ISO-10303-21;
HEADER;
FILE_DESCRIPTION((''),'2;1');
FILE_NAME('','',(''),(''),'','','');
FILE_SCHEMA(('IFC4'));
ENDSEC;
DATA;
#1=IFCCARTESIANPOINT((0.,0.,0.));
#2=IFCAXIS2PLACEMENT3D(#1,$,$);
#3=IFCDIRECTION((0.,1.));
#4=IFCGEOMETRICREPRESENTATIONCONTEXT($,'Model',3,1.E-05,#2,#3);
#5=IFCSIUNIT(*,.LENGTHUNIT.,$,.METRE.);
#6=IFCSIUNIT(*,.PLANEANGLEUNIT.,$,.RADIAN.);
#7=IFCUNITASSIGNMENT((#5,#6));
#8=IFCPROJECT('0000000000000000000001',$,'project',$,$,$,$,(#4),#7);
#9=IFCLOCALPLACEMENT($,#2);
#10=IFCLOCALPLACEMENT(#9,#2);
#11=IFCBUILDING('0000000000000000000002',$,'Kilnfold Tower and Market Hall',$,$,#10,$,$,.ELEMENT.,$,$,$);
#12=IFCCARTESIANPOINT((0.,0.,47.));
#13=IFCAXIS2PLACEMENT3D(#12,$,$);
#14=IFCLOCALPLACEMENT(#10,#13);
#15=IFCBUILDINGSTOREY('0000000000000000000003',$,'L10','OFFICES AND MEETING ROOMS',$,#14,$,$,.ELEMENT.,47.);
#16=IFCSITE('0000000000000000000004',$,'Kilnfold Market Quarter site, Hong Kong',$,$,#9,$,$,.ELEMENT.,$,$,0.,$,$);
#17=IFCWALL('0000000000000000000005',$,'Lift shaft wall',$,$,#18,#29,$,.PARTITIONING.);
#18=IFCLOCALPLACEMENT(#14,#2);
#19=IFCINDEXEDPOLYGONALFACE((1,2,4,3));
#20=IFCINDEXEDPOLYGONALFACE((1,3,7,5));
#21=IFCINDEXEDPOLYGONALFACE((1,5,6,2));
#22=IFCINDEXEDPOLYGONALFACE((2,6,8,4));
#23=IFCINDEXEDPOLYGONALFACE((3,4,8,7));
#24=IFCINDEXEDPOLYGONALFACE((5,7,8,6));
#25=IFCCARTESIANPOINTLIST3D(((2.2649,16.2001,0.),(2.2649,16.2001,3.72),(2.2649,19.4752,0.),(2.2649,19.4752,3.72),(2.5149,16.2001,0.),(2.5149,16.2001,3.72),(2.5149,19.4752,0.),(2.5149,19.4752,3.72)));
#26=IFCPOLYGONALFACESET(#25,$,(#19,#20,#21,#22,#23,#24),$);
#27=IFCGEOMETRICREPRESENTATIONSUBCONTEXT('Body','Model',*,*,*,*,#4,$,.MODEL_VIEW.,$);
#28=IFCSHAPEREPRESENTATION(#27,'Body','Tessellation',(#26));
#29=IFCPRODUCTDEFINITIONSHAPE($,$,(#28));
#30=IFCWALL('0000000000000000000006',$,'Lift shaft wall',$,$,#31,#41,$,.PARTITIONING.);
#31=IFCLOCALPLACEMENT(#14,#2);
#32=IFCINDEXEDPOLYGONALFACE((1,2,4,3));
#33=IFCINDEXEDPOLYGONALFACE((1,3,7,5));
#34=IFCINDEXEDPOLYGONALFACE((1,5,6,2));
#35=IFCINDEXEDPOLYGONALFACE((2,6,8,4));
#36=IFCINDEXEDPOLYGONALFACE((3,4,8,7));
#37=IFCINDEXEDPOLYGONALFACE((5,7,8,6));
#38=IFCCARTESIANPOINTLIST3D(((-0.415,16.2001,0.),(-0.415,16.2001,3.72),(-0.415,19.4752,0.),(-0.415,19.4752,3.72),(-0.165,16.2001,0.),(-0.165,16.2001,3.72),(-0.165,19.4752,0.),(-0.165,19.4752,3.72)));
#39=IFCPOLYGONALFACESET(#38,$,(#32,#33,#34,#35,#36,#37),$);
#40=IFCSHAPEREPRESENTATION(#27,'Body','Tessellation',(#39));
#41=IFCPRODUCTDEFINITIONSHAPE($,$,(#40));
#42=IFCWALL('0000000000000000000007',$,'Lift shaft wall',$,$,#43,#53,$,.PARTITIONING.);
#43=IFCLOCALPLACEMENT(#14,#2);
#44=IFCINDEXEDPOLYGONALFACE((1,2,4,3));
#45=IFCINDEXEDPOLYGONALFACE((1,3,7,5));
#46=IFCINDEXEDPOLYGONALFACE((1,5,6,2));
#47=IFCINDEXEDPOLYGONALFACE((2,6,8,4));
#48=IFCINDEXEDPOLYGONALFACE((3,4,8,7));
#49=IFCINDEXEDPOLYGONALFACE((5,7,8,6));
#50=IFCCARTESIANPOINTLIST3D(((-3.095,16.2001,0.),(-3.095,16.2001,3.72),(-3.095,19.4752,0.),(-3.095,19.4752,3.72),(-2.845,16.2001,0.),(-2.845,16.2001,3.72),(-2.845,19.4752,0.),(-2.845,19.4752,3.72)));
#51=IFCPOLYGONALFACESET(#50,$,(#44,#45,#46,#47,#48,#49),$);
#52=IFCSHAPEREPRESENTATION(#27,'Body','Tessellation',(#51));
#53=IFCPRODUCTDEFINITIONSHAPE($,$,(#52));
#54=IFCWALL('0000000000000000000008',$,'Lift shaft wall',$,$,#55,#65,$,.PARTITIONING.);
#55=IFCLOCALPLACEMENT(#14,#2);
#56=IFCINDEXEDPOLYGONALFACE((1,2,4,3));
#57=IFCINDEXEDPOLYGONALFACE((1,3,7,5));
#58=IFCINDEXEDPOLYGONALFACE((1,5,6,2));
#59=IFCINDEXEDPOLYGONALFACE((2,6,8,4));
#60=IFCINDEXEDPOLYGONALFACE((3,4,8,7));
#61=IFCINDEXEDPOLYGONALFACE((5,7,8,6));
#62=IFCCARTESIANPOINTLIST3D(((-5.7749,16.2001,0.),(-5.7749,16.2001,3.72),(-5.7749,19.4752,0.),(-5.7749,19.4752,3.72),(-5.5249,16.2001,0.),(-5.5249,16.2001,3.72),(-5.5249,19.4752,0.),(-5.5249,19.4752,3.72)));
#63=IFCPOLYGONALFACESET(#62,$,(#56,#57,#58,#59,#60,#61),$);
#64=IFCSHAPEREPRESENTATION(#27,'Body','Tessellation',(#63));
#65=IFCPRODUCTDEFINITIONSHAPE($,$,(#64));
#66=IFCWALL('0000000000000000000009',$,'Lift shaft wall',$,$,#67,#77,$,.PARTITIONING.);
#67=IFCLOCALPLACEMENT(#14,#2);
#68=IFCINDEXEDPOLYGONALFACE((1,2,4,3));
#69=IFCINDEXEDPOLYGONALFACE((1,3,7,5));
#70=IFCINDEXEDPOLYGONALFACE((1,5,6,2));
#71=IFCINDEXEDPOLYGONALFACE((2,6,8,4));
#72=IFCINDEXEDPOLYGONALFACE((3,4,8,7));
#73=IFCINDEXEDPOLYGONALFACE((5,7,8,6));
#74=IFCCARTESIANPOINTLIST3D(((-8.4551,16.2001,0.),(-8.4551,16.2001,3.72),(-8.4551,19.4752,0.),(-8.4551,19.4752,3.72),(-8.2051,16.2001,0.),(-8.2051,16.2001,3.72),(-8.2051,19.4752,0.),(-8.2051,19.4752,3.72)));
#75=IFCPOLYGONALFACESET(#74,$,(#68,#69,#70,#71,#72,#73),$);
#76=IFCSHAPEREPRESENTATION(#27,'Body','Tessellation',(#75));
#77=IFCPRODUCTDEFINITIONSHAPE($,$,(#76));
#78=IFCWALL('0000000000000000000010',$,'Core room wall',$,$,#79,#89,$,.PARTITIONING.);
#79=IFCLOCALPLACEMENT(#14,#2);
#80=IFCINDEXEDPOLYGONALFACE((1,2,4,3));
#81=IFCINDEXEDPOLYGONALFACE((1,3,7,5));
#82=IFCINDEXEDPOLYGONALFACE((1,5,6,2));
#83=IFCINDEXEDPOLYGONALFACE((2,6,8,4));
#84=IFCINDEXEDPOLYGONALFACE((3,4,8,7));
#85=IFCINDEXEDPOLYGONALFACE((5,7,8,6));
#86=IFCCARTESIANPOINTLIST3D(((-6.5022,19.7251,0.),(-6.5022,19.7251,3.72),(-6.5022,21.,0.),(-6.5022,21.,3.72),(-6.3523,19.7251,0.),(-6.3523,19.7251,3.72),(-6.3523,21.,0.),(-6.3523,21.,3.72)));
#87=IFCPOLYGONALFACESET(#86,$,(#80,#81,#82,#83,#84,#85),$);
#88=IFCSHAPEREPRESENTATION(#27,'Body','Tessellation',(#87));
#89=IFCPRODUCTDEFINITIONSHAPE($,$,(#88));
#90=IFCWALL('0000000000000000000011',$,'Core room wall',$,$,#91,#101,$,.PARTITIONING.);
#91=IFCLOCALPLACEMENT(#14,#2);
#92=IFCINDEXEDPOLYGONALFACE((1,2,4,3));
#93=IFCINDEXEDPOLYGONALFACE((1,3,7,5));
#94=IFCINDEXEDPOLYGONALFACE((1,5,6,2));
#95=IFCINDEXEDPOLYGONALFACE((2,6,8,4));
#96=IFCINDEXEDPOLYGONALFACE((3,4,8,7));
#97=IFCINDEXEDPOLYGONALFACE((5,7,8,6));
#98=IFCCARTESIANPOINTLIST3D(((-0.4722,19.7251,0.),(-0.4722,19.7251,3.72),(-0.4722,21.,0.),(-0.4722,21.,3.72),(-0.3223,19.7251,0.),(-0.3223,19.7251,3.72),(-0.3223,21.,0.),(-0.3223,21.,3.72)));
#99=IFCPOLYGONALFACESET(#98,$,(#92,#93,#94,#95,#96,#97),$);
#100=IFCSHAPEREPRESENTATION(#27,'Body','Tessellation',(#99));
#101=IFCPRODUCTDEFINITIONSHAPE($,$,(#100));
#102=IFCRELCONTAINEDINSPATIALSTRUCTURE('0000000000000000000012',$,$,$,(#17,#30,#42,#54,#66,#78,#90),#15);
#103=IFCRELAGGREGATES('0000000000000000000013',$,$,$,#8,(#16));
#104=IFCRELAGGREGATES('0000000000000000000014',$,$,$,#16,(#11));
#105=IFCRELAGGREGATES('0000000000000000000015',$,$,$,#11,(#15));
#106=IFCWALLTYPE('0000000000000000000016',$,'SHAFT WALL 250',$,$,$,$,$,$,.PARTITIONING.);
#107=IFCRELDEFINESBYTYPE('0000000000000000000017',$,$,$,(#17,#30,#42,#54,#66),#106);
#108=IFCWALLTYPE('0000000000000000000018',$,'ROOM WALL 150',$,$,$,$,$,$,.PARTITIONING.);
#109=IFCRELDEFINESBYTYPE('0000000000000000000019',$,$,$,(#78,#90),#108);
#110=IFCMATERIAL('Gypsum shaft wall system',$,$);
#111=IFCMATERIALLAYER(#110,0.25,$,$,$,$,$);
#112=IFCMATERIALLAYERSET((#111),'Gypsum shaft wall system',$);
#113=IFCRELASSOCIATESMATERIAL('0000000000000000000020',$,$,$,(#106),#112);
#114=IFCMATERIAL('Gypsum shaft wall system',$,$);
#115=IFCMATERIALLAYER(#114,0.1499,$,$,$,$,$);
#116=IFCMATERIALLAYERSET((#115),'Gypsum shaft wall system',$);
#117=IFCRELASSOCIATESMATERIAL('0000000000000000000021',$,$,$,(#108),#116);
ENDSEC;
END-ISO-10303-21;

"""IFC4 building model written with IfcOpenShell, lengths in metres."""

from ifc_helpers import new_model, si_unit, direction, frame, frame_2d, origin, place, context, subcontext, project, spatial, rectangle, extrude, source, transform, mapped, material, layer, layer_set, type_object, element, save


model = new_model("IFC4")

# Units and contexts
model_context = context("Model", 3, precision=1e-05, world=origin(), true_north=direction((0.0, 1.0)))
body_context = subcontext(model_context, "Body", "Model", "MODEL_VIEW")
ifc_project = project(units=[si_unit("LENGTHUNIT", "METRE"), si_unit("PLANEANGLEUNIT", "RADIAN")], contexts=[model_context])

# Site, building, storey
site_placement = place(None, origin())
site = spatial("IfcSite", under=ifc_project, at=site_placement, Name="Kilnfold Market Quarter site, Hong Kong", CompositionType="ELEMENT", RefElevation=0.0)
building_placement = place(site_placement, origin())
building = spatial("IfcBuilding", under=site, at=building_placement, Name="Kilnfold Tower and Market Hall", CompositionType="ELEMENT")
storey_placement = place(building_placement, frame((0.0, 0.0, 47.0)))
storey = spatial("IfcBuildingStorey", under=building, at=storey_placement, Name="L10", Description="OFFICES AND MEETING ROOMS", CompositionType="ELEMENT", Elevation=47.0)

# Walls
ifc_material_1 = material(Name="Gypsum shaft wall system")
ifc_layer_1 = layer(ifc_material_1, 0.25)
ifc_layer_set_1 = layer_set([ifc_layer_1], Name="Gypsum shaft wall system")
wall_type_1 = type_object("IfcWallType", Name="SHAFT WALL 250", PredefinedType="PARTITIONING", material=ifc_layer_set_1)
shared_shape_1 = source(origin(), body_context, "Body", "SweptSolid", [
    extrude(rectangle(XDim=3.2751, YDim=0.25, at=frame_2d((1.6377, 0.0))), origin(), (0.0, 0.0, 1.0), 3.72),
])
for number, where, z_axis, x_axis, name in (
    (1, (2.3899, 16.2, 0.0), (0.0, 0.0, 1.0), (0.0, 1.0, 0.0), "Lift shaft wall"),
    (2, (-0.29, 16.2, 0.0), (0.0, 0.0, 1.0), (0.0, 1.0, 0.0), "Lift shaft wall"),
    (3, (-2.97, 16.2, 0.0), (0.0, 0.0, 1.0), (0.0, 1.0, 0.0), "Lift shaft wall"),
    (4, (-5.6499, 16.2, 0.0), (0.0, 0.0, 1.0), (0.0, 1.0, 0.0), "Lift shaft wall"),
    (5, (-8.3301, 16.2, 0.0), (0.0, 0.0, 1.0), (0.0, 1.0, 0.0), "Lift shaft wall"),
):
    element("IfcWall", number, at=place(storey_placement, frame(where, z_axis=z_axis, x_axis=x_axis)), inside=storey, type_object=wall_type_1, Name=name, PredefinedType="PARTITIONING", context=body_context, shape_type="MappedRepresentation", body=[
        mapped(shared_shape_1, transform((0.0, 0.0, 0.0))),
    ])
ifc_material_2 = material(Name="Gypsum shaft wall system")
ifc_layer_2 = layer(ifc_material_2, 0.1499)
ifc_layer_set_2 = layer_set([ifc_layer_2], Name="Gypsum shaft wall system")
wall_type_2 = type_object("IfcWallType", Name="ROOM WALL 150", PredefinedType="PARTITIONING", material=ifc_layer_set_2)
shared_shape_2 = source(origin(), body_context, "Body", "SweptSolid", [
    extrude(rectangle(XDim=1.2749, YDim=0.1499, at=frame_2d((0.6375, 0.0))), origin(), (0.0, 0.0, 1.0), 3.72),
])
for number, where, z_axis, x_axis, name in (
    (6, (-6.4272, 19.7251, 0.0), (0.0, 0.0, 1.0), (0.0, 1.0, 0.0), "Core room wall"),
    (7, (-0.3972, 19.7251, 0.0), (0.0, 0.0, 1.0), (0.0, 1.0, 0.0), "Core room wall"),
):
    element("IfcWall", number, at=place(storey_placement, frame(where, z_axis=z_axis, x_axis=x_axis)), inside=storey, type_object=wall_type_2, Name=name, PredefinedType="PARTITIONING", context=body_context, shape_type="MappedRepresentation", body=[
        mapped(shared_shape_2, transform((0.0, 0.0, 0.0))),
    ])

save(model, "model.ifc")
